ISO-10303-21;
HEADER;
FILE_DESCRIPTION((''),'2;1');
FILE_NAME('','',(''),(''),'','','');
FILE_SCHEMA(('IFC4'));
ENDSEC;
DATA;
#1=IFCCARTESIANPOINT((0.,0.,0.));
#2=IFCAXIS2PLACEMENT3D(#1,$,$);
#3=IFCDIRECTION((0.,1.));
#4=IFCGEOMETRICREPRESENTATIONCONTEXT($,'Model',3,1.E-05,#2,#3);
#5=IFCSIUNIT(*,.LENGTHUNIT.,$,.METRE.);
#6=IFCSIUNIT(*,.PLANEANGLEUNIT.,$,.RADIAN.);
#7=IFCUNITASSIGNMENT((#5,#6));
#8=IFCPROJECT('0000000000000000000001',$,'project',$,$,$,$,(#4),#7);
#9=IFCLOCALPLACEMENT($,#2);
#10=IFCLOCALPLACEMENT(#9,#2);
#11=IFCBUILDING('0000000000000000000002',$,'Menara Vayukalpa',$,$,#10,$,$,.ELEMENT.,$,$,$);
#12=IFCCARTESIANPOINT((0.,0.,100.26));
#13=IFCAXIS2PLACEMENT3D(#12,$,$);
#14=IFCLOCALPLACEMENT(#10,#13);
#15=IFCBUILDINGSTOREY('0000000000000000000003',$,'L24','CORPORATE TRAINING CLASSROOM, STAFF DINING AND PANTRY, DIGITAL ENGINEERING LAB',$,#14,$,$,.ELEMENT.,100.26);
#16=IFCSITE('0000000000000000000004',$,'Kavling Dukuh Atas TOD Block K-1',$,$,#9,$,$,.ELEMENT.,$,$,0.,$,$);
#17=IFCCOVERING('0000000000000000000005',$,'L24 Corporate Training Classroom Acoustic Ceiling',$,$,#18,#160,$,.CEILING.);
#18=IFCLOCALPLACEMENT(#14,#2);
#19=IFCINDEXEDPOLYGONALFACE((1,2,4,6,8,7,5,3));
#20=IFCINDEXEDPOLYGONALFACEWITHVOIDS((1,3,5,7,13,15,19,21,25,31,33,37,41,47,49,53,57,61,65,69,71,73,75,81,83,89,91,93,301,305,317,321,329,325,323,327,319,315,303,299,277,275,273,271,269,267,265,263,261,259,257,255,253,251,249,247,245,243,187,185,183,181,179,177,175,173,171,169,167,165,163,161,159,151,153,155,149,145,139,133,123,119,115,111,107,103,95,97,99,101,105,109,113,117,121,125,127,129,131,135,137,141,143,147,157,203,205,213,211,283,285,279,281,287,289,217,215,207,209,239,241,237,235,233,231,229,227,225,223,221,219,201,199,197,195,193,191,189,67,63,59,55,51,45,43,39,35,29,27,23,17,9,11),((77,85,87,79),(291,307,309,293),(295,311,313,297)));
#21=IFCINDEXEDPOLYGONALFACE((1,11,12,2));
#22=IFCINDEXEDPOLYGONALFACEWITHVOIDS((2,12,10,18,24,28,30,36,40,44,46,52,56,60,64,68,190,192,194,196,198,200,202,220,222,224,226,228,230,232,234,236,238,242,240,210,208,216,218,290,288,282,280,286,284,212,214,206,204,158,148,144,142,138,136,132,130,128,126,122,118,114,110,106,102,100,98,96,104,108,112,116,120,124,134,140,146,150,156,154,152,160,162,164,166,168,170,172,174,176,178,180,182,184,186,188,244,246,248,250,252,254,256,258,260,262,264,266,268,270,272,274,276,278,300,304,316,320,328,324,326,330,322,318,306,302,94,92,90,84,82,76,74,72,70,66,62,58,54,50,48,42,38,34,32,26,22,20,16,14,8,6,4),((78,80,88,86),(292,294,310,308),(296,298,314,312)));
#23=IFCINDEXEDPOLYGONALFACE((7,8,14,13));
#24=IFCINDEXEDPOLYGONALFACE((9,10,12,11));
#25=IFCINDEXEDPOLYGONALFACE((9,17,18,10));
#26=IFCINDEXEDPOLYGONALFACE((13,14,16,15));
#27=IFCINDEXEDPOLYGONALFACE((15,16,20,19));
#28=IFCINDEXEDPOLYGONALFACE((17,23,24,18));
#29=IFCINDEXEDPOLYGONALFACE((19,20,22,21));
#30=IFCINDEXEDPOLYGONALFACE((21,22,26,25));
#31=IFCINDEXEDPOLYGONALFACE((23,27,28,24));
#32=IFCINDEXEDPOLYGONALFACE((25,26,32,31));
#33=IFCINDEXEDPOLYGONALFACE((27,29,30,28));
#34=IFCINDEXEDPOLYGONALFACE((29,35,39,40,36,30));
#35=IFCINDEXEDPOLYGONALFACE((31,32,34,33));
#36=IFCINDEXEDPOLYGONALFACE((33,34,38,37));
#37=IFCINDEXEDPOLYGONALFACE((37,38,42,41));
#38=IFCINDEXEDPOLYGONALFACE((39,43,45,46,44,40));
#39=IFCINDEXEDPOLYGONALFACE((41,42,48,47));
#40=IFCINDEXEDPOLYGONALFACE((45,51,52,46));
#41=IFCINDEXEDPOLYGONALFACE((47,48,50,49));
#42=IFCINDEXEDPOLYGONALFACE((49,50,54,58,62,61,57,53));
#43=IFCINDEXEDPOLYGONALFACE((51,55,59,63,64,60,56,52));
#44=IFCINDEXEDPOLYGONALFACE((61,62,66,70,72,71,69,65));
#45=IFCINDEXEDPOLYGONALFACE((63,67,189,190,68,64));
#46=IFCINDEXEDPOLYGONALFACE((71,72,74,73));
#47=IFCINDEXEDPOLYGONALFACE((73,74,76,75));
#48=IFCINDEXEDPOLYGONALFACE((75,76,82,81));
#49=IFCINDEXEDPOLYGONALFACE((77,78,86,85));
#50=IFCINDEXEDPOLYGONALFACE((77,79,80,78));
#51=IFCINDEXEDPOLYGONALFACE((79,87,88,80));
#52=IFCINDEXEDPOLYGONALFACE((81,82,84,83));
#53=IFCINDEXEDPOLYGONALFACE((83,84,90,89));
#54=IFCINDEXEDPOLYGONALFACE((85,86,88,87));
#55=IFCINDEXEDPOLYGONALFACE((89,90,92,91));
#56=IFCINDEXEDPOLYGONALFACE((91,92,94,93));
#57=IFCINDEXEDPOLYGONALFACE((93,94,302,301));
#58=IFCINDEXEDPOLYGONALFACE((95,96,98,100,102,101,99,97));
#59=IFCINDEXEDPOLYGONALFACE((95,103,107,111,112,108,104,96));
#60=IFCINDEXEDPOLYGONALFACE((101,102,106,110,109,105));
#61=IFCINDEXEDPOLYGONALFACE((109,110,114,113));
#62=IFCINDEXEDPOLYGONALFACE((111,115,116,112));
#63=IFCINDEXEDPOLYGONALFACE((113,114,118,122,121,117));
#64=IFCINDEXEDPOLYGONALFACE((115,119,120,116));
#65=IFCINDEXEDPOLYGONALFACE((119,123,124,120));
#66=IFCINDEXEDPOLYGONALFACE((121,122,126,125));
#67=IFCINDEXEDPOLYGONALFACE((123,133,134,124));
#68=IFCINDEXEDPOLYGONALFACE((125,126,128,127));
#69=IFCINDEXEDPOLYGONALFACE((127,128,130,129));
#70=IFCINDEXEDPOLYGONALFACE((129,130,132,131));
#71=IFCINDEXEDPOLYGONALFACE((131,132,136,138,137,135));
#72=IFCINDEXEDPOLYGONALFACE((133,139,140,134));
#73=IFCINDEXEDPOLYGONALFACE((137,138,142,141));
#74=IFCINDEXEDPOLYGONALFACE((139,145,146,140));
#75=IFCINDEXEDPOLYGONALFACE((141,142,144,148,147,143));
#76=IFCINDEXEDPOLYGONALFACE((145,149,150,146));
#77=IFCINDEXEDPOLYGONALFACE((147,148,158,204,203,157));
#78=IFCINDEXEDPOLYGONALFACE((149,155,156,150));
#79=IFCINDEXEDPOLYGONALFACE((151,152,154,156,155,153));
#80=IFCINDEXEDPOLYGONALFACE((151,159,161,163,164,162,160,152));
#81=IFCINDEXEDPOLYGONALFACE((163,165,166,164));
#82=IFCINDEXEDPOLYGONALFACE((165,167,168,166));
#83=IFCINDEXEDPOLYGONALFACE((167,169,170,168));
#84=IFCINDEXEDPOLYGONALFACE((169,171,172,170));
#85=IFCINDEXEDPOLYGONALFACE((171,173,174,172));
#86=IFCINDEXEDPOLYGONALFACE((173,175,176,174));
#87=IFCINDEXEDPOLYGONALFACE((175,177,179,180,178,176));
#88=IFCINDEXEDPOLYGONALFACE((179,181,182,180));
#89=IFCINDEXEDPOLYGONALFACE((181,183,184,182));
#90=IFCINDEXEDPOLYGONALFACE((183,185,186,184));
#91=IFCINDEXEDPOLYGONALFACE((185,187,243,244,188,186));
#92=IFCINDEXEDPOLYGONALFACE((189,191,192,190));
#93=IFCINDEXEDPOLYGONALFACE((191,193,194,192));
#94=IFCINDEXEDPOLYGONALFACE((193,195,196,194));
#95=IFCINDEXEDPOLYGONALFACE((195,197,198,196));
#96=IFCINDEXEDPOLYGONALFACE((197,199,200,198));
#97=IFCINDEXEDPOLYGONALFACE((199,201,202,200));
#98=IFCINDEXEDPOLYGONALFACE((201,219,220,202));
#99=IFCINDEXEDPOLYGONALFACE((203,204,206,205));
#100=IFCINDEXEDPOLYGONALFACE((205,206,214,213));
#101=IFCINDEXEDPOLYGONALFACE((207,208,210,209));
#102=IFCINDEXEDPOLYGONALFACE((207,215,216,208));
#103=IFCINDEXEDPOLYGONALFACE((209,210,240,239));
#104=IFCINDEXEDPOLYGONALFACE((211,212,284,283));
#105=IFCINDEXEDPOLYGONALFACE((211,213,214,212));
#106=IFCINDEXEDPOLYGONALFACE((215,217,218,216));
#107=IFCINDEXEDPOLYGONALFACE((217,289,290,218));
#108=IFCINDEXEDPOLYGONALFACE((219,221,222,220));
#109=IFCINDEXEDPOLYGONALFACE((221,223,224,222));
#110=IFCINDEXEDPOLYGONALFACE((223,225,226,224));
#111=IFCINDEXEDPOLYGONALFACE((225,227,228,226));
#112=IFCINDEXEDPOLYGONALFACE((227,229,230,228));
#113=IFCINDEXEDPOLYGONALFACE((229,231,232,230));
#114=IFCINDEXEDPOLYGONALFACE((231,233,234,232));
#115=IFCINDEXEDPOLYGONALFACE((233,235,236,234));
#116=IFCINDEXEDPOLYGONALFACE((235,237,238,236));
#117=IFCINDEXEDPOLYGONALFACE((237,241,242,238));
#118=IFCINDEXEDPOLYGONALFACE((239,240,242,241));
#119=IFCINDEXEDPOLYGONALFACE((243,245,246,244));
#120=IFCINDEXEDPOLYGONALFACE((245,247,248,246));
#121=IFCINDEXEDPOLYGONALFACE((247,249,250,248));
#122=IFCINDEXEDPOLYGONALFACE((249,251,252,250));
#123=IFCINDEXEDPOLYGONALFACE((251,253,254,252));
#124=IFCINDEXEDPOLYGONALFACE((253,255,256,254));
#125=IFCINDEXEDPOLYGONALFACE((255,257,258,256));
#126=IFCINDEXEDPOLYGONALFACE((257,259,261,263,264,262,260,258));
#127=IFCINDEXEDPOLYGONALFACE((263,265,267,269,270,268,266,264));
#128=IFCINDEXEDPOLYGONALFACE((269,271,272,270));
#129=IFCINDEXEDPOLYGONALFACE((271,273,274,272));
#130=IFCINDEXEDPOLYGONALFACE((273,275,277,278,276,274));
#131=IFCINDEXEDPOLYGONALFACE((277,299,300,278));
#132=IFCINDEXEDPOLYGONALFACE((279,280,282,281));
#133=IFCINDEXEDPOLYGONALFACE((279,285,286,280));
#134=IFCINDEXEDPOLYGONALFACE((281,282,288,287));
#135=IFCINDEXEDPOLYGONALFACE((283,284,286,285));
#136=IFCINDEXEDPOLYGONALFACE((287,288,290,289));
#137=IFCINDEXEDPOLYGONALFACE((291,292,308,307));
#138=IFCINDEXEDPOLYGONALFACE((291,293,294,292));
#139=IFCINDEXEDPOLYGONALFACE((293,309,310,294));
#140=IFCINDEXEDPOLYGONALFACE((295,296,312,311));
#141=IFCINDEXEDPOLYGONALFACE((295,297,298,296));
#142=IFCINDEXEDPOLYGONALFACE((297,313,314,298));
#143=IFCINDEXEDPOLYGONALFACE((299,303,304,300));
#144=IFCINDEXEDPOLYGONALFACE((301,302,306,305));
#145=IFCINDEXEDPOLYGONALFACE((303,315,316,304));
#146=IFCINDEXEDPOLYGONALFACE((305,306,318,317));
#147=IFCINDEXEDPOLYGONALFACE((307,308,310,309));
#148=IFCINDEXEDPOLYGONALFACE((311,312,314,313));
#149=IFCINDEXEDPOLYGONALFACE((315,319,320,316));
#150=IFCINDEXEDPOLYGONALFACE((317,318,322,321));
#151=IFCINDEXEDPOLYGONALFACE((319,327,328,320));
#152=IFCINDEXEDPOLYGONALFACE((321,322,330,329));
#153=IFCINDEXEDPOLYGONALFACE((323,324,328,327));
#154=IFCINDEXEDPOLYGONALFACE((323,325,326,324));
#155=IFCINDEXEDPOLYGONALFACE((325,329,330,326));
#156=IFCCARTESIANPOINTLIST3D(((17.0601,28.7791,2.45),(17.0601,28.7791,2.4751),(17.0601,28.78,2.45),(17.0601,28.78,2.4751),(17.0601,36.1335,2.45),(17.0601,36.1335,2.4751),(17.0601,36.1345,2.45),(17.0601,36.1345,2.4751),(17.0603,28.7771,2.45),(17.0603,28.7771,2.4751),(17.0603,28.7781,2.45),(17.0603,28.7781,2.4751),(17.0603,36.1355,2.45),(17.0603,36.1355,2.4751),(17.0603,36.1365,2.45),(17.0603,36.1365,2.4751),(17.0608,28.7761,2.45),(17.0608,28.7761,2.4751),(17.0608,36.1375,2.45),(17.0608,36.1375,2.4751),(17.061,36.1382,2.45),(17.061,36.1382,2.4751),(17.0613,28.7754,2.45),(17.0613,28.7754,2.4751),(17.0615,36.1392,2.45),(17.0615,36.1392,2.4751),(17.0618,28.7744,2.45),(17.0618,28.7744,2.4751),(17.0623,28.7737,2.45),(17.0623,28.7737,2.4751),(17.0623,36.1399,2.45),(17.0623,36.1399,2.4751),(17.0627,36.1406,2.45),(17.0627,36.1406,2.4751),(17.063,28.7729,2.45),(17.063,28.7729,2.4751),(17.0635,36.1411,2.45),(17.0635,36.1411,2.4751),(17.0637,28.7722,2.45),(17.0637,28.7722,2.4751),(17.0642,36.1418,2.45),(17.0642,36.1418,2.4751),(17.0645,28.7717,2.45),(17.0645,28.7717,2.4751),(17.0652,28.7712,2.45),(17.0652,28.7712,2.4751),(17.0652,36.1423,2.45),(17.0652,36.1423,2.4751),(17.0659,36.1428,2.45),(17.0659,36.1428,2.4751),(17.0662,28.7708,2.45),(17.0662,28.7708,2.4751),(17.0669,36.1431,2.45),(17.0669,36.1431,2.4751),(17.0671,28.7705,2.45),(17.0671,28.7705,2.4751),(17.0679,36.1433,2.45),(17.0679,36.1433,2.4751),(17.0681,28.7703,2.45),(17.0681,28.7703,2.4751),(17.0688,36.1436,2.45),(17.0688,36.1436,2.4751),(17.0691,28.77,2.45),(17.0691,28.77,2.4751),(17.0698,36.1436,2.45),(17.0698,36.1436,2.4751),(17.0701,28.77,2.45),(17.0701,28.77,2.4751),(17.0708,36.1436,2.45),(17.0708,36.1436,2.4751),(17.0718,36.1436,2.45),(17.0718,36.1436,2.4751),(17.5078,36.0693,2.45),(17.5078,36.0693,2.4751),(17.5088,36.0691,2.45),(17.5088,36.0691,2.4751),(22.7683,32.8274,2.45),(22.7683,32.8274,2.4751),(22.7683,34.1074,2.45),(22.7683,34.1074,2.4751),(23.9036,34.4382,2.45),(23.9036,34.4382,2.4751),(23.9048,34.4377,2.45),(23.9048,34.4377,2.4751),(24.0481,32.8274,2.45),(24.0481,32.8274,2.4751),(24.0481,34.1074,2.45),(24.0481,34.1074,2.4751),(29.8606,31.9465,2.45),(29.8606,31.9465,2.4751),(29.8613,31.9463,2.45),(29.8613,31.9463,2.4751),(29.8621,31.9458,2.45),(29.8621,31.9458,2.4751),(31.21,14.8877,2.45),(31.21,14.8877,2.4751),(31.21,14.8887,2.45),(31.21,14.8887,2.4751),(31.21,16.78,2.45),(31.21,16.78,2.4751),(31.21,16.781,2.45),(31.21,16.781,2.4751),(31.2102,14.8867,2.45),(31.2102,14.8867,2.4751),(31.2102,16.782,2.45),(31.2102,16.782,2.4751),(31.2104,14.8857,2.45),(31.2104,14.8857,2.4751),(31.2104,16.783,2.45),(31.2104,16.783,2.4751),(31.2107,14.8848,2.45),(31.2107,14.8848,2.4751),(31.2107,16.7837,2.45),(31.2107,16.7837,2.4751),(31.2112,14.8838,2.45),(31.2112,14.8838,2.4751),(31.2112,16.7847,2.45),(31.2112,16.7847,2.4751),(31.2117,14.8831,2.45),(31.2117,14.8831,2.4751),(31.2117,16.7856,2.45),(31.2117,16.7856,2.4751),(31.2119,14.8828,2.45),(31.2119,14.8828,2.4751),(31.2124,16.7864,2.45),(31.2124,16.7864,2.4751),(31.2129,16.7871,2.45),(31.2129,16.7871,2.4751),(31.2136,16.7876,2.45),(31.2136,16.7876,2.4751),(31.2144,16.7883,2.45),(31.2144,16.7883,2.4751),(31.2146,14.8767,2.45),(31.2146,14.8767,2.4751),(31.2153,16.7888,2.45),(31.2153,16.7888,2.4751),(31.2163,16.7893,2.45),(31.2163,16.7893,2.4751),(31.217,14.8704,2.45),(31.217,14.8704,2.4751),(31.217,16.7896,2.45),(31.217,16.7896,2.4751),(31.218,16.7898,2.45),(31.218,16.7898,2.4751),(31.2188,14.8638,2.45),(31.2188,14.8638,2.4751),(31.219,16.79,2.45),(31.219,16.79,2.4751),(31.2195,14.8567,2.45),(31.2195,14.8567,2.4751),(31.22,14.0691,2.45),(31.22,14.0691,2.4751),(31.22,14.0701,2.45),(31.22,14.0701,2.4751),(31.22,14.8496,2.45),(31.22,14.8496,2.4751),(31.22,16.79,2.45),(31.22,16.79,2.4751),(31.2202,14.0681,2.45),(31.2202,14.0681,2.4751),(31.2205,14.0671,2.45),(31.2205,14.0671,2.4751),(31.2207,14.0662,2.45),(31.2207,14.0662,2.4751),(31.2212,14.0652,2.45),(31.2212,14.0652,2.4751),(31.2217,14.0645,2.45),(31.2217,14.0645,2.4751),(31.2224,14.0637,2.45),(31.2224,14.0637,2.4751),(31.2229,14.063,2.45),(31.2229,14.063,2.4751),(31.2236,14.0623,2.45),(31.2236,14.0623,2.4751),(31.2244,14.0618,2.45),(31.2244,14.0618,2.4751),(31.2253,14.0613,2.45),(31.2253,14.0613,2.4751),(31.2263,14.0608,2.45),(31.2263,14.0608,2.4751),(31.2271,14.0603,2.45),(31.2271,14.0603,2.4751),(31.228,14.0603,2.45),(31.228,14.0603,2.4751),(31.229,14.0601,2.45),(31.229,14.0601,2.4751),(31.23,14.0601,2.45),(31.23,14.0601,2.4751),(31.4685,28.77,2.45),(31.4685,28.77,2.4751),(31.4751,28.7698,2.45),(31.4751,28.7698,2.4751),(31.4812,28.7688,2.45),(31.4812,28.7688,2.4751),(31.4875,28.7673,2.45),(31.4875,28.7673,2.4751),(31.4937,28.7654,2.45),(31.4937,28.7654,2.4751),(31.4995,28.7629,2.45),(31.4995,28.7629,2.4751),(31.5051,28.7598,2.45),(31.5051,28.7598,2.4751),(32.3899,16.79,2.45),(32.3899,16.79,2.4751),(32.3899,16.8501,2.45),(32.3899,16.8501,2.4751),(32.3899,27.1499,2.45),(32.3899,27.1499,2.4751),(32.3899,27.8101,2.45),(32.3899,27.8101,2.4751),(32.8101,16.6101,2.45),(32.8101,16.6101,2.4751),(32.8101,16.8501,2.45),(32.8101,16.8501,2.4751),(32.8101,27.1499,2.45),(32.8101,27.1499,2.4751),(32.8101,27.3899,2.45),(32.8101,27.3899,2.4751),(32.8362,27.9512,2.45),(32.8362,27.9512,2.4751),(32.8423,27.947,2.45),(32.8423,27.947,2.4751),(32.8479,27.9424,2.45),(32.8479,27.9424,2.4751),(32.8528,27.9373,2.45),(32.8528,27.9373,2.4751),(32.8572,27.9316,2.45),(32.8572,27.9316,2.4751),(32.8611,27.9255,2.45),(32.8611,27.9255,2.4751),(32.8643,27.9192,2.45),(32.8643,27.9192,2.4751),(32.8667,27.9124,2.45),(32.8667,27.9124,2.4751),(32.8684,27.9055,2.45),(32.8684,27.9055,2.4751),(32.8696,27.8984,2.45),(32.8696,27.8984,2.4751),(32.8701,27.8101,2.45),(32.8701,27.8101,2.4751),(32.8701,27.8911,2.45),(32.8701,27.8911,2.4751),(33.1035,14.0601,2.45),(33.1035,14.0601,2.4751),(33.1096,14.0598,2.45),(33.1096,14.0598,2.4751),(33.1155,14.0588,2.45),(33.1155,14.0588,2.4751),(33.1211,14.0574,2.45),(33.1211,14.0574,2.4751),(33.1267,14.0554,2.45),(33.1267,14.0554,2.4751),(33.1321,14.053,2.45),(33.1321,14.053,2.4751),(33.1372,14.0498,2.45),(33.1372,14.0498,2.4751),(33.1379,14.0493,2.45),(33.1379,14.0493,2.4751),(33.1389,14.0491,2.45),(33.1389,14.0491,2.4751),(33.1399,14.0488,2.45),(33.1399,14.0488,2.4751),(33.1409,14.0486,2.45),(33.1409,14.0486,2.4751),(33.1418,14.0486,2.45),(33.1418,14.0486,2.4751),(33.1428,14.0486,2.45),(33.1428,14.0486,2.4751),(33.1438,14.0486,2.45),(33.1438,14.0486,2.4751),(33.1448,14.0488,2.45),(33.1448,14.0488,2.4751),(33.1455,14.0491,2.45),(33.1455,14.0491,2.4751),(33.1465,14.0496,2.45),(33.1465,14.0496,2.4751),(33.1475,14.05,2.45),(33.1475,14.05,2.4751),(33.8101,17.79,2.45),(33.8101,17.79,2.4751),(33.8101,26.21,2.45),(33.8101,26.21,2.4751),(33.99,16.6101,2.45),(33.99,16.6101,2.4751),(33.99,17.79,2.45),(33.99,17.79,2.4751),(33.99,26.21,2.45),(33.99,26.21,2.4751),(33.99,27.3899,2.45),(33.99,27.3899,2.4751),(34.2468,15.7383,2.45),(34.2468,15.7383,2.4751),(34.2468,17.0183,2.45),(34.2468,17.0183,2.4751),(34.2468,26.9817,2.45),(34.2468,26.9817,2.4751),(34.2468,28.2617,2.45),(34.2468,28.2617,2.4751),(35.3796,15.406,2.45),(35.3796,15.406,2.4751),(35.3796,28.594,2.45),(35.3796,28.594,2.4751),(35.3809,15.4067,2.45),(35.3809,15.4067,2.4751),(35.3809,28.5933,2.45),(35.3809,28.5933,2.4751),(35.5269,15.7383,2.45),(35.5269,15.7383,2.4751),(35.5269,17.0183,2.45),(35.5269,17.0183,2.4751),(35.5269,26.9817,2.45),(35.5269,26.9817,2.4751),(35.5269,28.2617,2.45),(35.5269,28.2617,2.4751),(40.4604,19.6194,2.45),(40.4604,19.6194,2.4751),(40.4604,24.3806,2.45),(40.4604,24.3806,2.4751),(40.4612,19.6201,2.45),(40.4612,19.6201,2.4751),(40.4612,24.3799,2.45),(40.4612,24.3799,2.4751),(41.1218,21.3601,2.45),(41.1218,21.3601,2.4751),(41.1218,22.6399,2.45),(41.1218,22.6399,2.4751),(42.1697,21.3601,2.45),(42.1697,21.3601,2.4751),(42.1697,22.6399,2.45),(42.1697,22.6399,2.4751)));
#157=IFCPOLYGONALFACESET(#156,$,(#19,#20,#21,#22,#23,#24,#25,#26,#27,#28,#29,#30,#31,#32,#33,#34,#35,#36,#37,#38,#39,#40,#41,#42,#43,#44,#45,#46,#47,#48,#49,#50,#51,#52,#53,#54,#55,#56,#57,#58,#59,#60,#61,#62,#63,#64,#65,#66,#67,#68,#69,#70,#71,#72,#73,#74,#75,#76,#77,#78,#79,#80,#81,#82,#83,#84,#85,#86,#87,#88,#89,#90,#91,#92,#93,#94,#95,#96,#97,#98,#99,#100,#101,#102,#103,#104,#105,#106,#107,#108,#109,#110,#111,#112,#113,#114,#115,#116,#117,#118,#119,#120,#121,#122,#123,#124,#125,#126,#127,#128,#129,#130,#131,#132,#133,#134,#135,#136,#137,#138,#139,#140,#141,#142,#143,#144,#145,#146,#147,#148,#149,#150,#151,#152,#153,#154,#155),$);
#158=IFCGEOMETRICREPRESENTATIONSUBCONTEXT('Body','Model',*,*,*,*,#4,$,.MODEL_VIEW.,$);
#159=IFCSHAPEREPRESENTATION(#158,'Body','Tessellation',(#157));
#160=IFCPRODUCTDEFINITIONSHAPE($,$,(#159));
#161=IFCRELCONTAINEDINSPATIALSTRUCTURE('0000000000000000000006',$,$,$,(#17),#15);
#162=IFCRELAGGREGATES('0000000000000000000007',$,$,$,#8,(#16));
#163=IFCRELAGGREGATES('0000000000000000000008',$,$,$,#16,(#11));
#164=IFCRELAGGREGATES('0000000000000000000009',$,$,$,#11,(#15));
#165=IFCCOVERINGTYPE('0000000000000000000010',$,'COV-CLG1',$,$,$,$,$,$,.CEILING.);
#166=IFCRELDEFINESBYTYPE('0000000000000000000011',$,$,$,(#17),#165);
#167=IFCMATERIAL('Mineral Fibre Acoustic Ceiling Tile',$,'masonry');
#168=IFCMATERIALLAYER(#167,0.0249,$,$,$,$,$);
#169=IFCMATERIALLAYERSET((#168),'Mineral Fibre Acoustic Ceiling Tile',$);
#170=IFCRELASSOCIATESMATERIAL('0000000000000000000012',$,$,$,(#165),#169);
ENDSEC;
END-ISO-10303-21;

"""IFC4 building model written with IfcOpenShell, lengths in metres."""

from ifc_helpers import new_model, si_unit, direction, frame, origin, place, context, subcontext, project, spatial, polyline, outline, extrude, material, layer, layer_set, type_object, element, save


model = new_model("IFC4")

# Units and contexts
model_context = context("Model", 3, precision=1e-05, world=origin(), true_north=direction((0.0, 1.0)))
body_context = subcontext(model_context, "Body", "Model", "MODEL_VIEW")
ifc_project = project(units=[si_unit("LENGTHUNIT", "METRE"), si_unit("PLANEANGLEUNIT", "RADIAN")], contexts=[model_context])

# Site, building, storey
site_placement = place(None, origin())
site = spatial("IfcSite", under=ifc_project, at=site_placement, Name="Kavling Dukuh Atas TOD Block K-1", CompositionType="ELEMENT", RefElevation=0.0)
building_placement = place(site_placement, origin())
building = spatial("IfcBuilding", under=site, at=building_placement, Name="Menara Vayukalpa", CompositionType="ELEMENT")
storey_placement = place(building_placement, frame((0.0, 0.0, 100.26)))
storey = spatial("IfcBuildingStorey", under=building, at=storey_placement, Name="L24", Description="CORPORATE TRAINING CLASSROOM, STAFF DINING AND PANTRY, DIGITAL ENGINEERING LAB", CompositionType="ELEMENT", Elevation=100.26)

# Covering
ifc_material_1 = material(Name="Mineral Fibre Acoustic Ceiling Tile", Category="masonry")
ifc_layer_1 = layer(ifc_material_1, 0.0249)
ifc_layer_set_1 = layer_set([ifc_layer_1], Name="Mineral Fibre Acoustic Ceiling Tile")
covering_type_1 = type_object("IfcCoveringType", Name="COV-CLG1", PredefinedType="CEILING", material=ifc_layer_set_1)
covering_1_placement = place(storey_placement, frame((0.0, 0.0, 2.45)))
element("IfcCovering", 1, at=covering_1_placement, inside=storey, type_object=covering_type_1, Name="L24 Corporate Training Classroom Acoustic Ceiling", PredefinedType="CEILING", context=body_context, shape_type="SweptSolid", body=[
    extrude(outline(polyline([(32.8101, 16.8501), (32.8101, 16.6101), (33.99, 16.6101), (33.99, 17.79), (33.8101, 17.79), (33.8101, 26.21), (33.99, 26.21), (33.99, 27.3899), (32.8101, 27.3899), (32.8101, 27.1499), (32.3899, 27.1499), (32.3899, 27.8101), (32.8701, 27.8101), (32.8701, 27.8911), (32.8696, 27.8984), (32.8684, 27.9055), (32.8667, 27.9124), (32.8643, 27.9192), (32.8611, 27.9255), (32.8572, 27.9316), (32.8528, 27.9373), (32.8479, 27.9424), (32.8423, 27.947), (32.8362, 27.9512), (31.5051, 28.7598), (31.4995, 28.7629), (31.4937, 28.7654), (31.4875, 28.7673), (31.4812, 28.7688), (31.4751, 28.7698), (31.4685, 28.77), (17.0701, 28.77), (17.0691, 28.77), (17.0681, 28.7703), (17.0671, 28.7705), (17.0662, 28.7708), (17.0652, 28.7712), (17.0645, 28.7717), (17.0637, 28.7722), (17.063, 28.7729), (17.0623, 28.7737), (17.0618, 28.7744), (17.0613, 28.7754), (17.0608, 28.7761), (17.0603, 28.7771), (17.0603, 28.7781), (17.0601, 28.7791), (17.0601, 28.78), (17.0601, 36.1335), (17.0601, 36.1345), (17.0603, 36.1355), (17.0603, 36.1365), (17.0608, 36.1375), (17.061, 36.1382), (17.0615, 36.1392), (17.0623, 36.1399), (17.0627, 36.1406), (17.0635, 36.1411), (17.0642, 36.1418), (17.0652, 36.1423), (17.0659, 36.1428), (17.0669, 36.1431), (17.0679, 36.1433), (17.0688, 36.1436), (17.0698, 36.1436), (17.0708, 36.1436), (17.0718, 36.1436), (17.5078, 36.0693), (17.5088, 36.0691), (23.9036, 34.4382), (23.9048, 34.4377), (29.8606, 31.9465), (29.8613, 31.9463), (29.8621, 31.9458), (35.3796, 28.594), (35.3809, 28.5933), (40.4604, 24.3806), (40.4612, 24.3799), (42.1697, 22.6399), (41.1218, 22.6399), (41.1218, 21.3601), (42.1697, 21.3601), (40.4612, 19.6201), (40.4604, 19.6194), (35.3809, 15.4067), (35.3796, 15.406), (33.1475, 14.05), (33.1465, 14.0496), (33.1455, 14.0491), (33.1448, 14.0488), (33.1438, 14.0486), (33.1428, 14.0486), (33.1418, 14.0486), (33.1409, 14.0486), (33.1399, 14.0488), (33.1389, 14.0491), (33.1379, 14.0493), (33.1372, 14.0498), (33.1321, 14.053), (33.1267, 14.0554), (33.1211, 14.0574), (33.1155, 14.0588), (33.1096, 14.0598), (33.1035, 14.0601), (31.23, 14.0601), (31.229, 14.0601), (31.228, 14.0603), (31.2271, 14.0603), (31.2263, 14.0608), (31.2253, 14.0613), (31.2244, 14.0618), (31.2236, 14.0623), (31.2229, 14.063), (31.2224, 14.0637), (31.2217, 14.0645), (31.2212, 14.0652), (31.2207, 14.0662), (31.2205, 14.0671), (31.2202, 14.0681), (31.22, 14.0691), (31.22, 14.0701), (31.22, 14.8496), (31.2195, 14.8567), (31.2188, 14.8638), (31.217, 14.8704), (31.2146, 14.8767), (31.2119, 14.8828), (31.2117, 14.8831), (31.2112, 14.8838), (31.2107, 14.8848), (31.2104, 14.8857), (31.2102, 14.8867), (31.21, 14.8877), (31.21, 14.8887), (31.21, 16.78), (31.21, 16.781), (31.2102, 16.782), (31.2104, 16.783), (31.2107, 16.7837), (31.2112, 16.7847), (31.2117, 16.7856), (31.2124, 16.7864), (31.2129, 16.7871), (31.2136, 16.7876), (31.2144, 16.7883), (31.2153, 16.7888), (31.2163, 16.7893), (31.217, 16.7896), (31.218, 16.7898), (31.219, 16.79), (31.22, 16.79), (32.3899, 16.79), (32.3899, 16.8501), (32.8101, 16.8501)]), holes=[polyline([(35.5269, 17.0183), (34.2468, 17.0183), (34.2468, 15.7383), (35.5269, 15.7383), (35.5269, 17.0183)]), polyline([(35.5269, 26.9817), (35.5269, 28.2617), (34.2468, 28.2617), (34.2468, 26.9817), (35.5269, 26.9817)]), polyline([(24.0481, 32.8274), (24.0481, 34.1074), (22.7683, 34.1074), (22.7683, 32.8274), (24.0481, 32.8274)])]), origin(), (0.0, 0.0, 1.0), 0.0251),
])

save(model, "model.ifc")
